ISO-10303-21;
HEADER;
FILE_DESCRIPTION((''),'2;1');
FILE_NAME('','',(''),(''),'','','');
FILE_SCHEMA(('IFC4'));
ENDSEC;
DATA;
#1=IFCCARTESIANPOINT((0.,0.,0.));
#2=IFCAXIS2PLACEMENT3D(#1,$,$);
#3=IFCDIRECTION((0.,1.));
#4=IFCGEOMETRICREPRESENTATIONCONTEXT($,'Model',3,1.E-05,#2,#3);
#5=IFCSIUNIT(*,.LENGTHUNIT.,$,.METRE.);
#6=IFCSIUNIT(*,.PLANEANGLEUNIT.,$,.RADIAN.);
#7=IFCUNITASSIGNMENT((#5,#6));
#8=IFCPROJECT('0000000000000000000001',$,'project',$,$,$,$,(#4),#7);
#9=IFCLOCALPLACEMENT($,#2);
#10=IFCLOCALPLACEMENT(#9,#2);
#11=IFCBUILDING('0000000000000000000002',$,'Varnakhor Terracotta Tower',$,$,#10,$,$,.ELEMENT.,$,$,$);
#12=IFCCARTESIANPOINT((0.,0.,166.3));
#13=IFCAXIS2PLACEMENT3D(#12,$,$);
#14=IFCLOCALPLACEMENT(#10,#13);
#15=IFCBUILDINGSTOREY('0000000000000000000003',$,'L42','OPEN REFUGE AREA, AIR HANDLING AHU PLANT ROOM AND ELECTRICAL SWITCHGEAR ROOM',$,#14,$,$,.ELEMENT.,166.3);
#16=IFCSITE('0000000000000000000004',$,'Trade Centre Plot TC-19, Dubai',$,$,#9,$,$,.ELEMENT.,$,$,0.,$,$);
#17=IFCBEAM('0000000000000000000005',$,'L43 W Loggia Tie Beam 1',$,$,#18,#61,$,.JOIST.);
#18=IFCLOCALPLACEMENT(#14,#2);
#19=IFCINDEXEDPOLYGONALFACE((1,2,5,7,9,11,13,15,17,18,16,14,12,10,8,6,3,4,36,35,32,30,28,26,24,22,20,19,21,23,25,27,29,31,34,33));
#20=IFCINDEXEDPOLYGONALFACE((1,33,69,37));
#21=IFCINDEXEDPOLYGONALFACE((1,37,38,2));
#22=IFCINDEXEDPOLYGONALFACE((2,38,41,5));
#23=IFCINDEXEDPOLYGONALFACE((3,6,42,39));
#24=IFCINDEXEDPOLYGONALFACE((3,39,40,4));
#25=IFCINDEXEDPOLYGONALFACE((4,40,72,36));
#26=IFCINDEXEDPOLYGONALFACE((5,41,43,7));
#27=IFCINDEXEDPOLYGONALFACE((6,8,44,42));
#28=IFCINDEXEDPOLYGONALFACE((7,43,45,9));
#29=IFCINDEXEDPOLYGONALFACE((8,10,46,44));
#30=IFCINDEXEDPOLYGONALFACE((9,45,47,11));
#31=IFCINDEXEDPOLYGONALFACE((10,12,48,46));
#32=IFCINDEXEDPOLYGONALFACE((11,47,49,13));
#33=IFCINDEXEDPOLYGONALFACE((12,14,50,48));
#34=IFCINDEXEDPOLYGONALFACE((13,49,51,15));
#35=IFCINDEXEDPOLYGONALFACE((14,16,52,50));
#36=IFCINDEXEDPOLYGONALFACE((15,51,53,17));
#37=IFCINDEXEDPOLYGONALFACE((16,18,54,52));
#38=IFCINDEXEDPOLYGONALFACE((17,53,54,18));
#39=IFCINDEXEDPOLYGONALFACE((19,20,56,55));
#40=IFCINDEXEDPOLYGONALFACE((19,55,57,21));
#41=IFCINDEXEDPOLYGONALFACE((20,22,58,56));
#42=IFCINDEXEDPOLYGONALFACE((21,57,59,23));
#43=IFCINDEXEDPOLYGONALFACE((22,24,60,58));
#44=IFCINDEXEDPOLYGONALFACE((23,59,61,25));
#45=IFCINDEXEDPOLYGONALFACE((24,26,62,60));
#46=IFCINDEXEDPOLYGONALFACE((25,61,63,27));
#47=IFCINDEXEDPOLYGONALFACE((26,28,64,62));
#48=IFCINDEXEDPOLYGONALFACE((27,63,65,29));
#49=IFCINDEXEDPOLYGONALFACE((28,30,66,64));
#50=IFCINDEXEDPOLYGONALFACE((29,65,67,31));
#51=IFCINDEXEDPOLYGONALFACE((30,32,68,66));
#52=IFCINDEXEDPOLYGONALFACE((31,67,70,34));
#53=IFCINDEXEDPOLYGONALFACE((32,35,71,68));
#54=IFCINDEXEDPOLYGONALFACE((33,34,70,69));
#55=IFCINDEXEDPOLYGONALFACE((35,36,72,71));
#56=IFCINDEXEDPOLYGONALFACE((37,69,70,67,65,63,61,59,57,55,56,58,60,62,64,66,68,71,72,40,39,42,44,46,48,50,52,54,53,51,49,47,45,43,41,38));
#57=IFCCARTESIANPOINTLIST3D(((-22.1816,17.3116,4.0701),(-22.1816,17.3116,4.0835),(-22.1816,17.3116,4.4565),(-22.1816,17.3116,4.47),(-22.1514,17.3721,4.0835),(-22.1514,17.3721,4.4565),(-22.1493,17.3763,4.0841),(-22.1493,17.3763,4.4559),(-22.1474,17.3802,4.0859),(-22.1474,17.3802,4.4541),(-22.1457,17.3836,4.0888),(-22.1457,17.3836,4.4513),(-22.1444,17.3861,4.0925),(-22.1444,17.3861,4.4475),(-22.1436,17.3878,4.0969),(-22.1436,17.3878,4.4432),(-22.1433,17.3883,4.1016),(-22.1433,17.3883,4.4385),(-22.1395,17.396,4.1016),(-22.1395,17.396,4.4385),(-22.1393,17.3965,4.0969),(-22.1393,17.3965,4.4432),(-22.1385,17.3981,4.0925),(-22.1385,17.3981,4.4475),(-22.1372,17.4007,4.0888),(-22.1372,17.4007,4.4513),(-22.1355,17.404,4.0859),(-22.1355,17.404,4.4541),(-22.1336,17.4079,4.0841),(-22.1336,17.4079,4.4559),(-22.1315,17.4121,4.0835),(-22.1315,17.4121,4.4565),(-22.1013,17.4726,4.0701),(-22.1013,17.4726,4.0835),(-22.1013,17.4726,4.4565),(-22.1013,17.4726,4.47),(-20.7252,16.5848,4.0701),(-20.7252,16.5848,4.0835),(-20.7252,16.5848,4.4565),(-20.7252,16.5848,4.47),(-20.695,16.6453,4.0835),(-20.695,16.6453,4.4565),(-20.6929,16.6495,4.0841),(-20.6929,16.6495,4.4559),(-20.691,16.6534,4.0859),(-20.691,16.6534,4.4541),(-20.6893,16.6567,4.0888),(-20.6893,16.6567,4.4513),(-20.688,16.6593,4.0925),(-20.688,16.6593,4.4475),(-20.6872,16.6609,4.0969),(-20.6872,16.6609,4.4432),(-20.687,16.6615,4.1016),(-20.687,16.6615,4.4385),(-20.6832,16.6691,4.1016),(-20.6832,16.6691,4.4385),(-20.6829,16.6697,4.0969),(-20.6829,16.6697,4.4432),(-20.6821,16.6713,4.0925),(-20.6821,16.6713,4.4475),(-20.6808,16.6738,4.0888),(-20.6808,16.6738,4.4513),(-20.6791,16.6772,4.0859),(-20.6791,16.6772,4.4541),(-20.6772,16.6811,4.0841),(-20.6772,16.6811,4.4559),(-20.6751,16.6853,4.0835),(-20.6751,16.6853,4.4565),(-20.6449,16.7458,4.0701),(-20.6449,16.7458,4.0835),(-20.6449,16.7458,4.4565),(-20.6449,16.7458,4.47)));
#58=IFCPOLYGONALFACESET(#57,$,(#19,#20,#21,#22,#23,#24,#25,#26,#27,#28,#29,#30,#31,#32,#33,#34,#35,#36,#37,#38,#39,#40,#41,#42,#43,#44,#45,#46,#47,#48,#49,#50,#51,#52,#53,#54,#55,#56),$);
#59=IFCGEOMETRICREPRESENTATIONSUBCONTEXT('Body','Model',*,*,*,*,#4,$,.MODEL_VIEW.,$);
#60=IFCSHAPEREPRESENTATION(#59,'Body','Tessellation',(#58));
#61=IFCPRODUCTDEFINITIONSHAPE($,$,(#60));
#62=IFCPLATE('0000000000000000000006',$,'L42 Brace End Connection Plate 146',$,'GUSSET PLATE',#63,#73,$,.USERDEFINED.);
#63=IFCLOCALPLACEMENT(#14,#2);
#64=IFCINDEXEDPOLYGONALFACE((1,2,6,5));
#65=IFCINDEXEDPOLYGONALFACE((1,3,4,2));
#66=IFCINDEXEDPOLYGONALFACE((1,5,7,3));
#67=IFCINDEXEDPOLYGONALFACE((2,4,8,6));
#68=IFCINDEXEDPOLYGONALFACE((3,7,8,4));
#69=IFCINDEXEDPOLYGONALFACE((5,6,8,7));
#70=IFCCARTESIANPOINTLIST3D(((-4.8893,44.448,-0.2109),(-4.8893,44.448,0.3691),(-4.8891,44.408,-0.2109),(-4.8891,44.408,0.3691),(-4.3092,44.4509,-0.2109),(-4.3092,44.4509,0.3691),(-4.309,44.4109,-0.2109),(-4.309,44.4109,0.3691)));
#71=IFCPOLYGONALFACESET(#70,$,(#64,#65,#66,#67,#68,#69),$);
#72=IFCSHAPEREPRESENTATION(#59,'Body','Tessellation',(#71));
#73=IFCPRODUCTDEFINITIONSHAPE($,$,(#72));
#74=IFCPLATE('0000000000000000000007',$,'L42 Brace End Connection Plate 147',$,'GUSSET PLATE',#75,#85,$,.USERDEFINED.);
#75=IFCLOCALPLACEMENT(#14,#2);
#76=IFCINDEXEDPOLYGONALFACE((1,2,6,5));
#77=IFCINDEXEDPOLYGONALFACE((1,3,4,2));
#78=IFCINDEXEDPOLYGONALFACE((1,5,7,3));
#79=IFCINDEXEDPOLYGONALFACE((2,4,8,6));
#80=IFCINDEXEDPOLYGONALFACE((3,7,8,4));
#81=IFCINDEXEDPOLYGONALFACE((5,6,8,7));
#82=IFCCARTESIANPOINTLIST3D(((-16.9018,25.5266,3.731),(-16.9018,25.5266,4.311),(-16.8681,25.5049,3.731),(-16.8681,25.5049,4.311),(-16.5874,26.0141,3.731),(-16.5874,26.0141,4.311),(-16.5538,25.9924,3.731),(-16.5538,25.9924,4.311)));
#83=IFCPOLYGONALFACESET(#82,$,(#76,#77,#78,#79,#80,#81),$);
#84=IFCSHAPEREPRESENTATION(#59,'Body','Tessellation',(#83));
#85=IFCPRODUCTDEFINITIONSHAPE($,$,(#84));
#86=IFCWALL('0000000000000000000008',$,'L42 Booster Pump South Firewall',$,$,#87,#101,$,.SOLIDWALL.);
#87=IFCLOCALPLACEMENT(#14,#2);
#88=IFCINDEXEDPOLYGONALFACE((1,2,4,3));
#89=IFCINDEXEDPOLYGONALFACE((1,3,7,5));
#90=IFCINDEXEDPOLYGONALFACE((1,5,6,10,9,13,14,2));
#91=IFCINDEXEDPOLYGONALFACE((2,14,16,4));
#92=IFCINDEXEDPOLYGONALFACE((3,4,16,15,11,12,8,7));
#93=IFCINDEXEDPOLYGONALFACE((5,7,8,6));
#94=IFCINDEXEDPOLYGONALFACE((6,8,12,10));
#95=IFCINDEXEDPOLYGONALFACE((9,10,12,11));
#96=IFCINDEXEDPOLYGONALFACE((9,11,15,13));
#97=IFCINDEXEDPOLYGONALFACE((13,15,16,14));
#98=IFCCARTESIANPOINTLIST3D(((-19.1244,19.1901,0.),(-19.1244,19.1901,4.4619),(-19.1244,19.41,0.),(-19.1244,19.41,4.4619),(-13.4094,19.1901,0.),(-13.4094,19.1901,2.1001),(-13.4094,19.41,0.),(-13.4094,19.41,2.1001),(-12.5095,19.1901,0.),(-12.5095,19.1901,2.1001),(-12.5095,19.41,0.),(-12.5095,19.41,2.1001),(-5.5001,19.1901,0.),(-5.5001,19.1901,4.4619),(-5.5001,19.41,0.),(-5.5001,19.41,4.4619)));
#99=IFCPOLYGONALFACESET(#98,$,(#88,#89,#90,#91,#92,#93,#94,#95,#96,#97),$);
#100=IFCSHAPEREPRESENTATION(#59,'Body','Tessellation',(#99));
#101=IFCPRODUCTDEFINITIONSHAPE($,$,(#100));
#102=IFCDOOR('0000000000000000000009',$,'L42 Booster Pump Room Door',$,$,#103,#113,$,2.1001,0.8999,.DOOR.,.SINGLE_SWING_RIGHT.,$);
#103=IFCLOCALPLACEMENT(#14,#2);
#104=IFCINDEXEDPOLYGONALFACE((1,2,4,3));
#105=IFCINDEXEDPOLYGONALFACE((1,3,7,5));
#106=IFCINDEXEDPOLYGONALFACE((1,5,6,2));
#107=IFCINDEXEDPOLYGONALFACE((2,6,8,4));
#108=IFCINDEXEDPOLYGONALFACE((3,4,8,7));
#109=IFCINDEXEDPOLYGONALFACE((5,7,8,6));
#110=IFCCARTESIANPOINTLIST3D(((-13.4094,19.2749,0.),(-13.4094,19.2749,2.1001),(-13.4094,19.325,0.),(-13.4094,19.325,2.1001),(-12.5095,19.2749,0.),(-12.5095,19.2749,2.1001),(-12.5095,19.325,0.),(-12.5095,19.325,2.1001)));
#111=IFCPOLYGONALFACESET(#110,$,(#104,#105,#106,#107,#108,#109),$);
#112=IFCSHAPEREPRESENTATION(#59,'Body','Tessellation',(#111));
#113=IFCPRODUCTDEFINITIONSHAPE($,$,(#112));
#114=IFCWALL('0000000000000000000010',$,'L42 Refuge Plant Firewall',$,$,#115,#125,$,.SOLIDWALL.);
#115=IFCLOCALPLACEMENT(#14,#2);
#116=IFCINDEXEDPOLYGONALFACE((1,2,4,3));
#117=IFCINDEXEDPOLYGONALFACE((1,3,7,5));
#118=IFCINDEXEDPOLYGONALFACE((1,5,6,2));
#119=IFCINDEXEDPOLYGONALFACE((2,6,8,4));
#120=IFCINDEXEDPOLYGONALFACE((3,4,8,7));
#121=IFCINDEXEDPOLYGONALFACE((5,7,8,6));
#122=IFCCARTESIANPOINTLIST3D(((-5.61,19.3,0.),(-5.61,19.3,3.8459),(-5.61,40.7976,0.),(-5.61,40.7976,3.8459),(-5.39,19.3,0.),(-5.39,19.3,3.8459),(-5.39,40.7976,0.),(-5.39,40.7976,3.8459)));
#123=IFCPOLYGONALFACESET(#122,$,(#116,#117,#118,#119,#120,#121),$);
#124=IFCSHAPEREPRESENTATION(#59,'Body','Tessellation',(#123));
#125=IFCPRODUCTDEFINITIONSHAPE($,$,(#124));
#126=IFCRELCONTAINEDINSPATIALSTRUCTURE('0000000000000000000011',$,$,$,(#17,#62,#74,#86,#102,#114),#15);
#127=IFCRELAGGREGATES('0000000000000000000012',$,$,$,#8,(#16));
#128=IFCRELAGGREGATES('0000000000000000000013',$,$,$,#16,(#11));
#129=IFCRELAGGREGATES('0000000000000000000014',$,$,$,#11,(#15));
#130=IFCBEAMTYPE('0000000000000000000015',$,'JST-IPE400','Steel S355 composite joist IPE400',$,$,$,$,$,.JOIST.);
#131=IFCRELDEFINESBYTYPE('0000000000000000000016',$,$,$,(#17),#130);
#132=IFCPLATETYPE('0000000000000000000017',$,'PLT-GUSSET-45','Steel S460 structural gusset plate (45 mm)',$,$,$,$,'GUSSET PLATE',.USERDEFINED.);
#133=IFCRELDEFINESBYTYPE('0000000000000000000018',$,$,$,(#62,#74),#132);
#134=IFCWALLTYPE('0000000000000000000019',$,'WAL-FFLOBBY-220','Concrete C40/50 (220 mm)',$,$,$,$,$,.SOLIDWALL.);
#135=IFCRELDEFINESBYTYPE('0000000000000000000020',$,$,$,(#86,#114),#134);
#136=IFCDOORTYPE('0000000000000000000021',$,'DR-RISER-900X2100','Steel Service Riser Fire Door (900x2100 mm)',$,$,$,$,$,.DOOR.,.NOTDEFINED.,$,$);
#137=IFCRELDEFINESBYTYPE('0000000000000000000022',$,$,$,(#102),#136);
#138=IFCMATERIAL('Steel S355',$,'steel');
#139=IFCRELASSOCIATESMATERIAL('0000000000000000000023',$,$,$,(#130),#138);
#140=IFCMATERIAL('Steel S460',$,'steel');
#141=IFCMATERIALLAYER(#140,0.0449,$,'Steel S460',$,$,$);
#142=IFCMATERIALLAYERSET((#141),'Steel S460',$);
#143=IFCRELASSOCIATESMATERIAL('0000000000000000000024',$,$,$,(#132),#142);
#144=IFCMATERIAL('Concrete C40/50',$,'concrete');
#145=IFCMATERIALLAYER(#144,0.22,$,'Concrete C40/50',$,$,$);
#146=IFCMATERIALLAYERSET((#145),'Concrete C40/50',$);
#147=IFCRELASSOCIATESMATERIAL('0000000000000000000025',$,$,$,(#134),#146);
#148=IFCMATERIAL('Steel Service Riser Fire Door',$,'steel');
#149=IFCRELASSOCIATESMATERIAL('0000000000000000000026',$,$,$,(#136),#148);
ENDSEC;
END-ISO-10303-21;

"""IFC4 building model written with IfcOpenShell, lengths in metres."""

from ifc_helpers import new_model, si_unit, direction, frame, frame_2d, origin, origin_2d, place, context, subcontext, project, spatial, rectangle, i_section, extrude, source, transform, mapped, material, layer, layer_set, material_profile, profile_set, type_object, type_shapes, element, fill, save


model = new_model("IFC4")

# Units and contexts
model_context = context("Model", 3, precision=1e-05, world=origin(), true_north=direction((0.0, 1.0)))
body_context = subcontext(model_context, "Body", "Model", "MODEL_VIEW")
ifc_project = project(units=[si_unit("LENGTHUNIT", "METRE"), si_unit("PLANEANGLEUNIT", "RADIAN")], contexts=[model_context])

# Site, building, storey
site_placement = place(None, origin())
site = spatial("IfcSite", under=ifc_project, at=site_placement, Name="Trade Centre Plot TC-19, Dubai", CompositionType="ELEMENT", RefElevation=0.0)
building_placement = place(site_placement, origin())
building = spatial("IfcBuilding", under=site, at=building_placement, Name="Varnakhor Terracotta Tower", CompositionType="ELEMENT")
storey_placement = place(building_placement, frame((0.0, 0.0, 166.3)))
storey = spatial("IfcBuildingStorey", under=building, at=storey_placement, Name="L42", Description="OPEN REFUGE AREA, AIR HANDLING AHU PLANT ROOM AND ELECTRICAL SWITCHGEAR ROOM", CompositionType="ELEMENT", Elevation=166.3)

# Shared definitions
ifc_material_1 = material(Name="Steel S460", Category="steel")

# Shared definitions
ifc_material_2 = material(Name="Steel S355", Category="steel")
ifc_material_profile_1 = material_profile(ifc_material_2, i_section(OverallWidth=0.1799, OverallDepth=0.3999, WebThickness=0.0085, FlangeThickness=0.0134, FilletRadius=0.0181, at=origin_2d()), Name="IPE400")
ifc_profile_set_1 = profile_set([ifc_material_profile_1], Name="Steel S355")
beam_type_1 = type_object("IfcBeamType", Name="JST-IPE400", Description="Steel S355 composite joist IPE400", PredefinedType="JOIST", material=ifc_profile_set_1)

# Beam
shared_shape_1 = source(origin(), body_context, "Body", "SweptSolid", [
    extrude(i_section(OverallWidth=0.1799, OverallDepth=0.3999, WebThickness=0.0085, FlangeThickness=0.0134, FilletRadius=0.0181, at=origin_2d()), origin(), (0.0, 0.0, 1.0), 1.6277),
])
beam_1_placement = place(storey_placement, frame((-20.6851, 16.6653, 4.27), z_axis=(-0.894757, 0.446553, 0.0), x_axis=(-0.446553, -0.894757, 0.0)))
element("IfcBeam", 1, at=beam_1_placement, inside=storey, type_object=beam_type_1, Name="L43 W Loggia Tie Beam 1", PredefinedType="JOIST", context=body_context, shape_type="MappedRepresentation", body=[
    mapped(shared_shape_1, transform((0.0, 0.0, 0.0), scale=1.0)),
])

# Plates
ifc_layer_1 = layer(ifc_material_1, 0.0449, Name="Steel S460")
ifc_layer_set_1 = layer_set([ifc_layer_1], Name="Steel S460")
plate_type = type_object("IfcPlateType", Name="PLT-GUSSET-45", Description="Steel S460 structural gusset plate (45 mm)", ElementType="GUSSET PLATE", PredefinedType="USERDEFINED", material=ifc_layer_set_1)
shared_shape_2 = source(origin(), body_context, "Body", "SweptSolid", [
    extrude(rectangle(XDim=0.5801, YDim=0.04, at=origin_2d()), origin(), (0.0, 0.0, 1.0), 0.5801),
])
for number, where, z_axis, x_axis, name in (
    (2, (-4.5991, 44.4294, -0.2109), (0.0, 0.0, 1.0), (0.999987, 0.005027, 0.0), "L42 Brace End Connection Plate 146"),
    (3, (-16.7278, 25.7595, 3.731), (0.0, 0.0, 1.0), (-0.541928, -0.840425, 0.0), "L42 Brace End Connection Plate 147"),
):
    element("IfcPlate", number, at=place(storey_placement, frame(where, z_axis=z_axis, x_axis=x_axis)), inside=storey, type_object=plate_type, Name=name, ObjectType="GUSSET PLATE", PredefinedType="USERDEFINED", context=body_context, shape_type="MappedRepresentation", body=[
        mapped(shared_shape_2, transform((0.0, 0.0, 0.0), scale=1.0)),
    ])

# Wall, opening, door
ifc_material_3 = material(Name="Concrete C40/50", Category="concrete")
ifc_layer_2 = layer(ifc_material_3, 0.22, Name="Concrete C40/50")
ifc_layer_set_2 = layer_set([ifc_layer_2], Name="Concrete C40/50")
wall_type = type_object("IfcWallType", Name="WAL-FFLOBBY-220", Description="Concrete C40/50 (220 mm)", PredefinedType="SOLIDWALL", material=ifc_layer_set_2)
wall_1_placement = place(storey_placement, frame((-19.1243, 19.3, 0.0), z_axis=(0.0, 0.0, 1.0), x_axis=(1.0, 0.0, 0.0)))
wall_1 = element("IfcWall", 4, at=wall_1_placement, inside=storey, type_object=wall_type, Name="L42 Booster Pump South Firewall", PredefinedType="SOLIDWALL", context=body_context, shape_type="SweptSolid", body=[
    extrude(rectangle(XDim=13.6243, YDim=0.22, at=frame_2d((6.812, 0.0))), origin(), (0.0, 0.0, 1.0), 4.4619),
])
opening_placement = place(wall_1_placement, frame((5.7148, 0.0, 0.0)))
opening = element("IfcOpeningElement", 5, at=opening_placement, cuts=wall_1, PredefinedType="OPENING", context=body_context, shape_type="SweptSolid", body=[
    extrude(rectangle(XDim=0.8999, YDim=2.1001, at=frame_2d((0.45, 1.05))), frame((0.0, 0.1201, 0.0), z_axis=(0.0, -1.0, 0.0), x_axis=(1.0, 0.0, 0.0)), (0.0, 0.0, 1.0), 0.24),
])
ifc_material_4 = material(Name="Steel Service Riser Fire Door", Category="steel")
door_type = type_object("IfcDoorType", Name="DR-RISER-900X2100", Description="Steel Service Riser Fire Door (900x2100 mm)", OperationType="NOTDEFINED", PredefinedType="DOOR", material=ifc_material_4)
shared_shape_3 = source(origin(), body_context, "Body", "SweptSolid", [
    extrude(rectangle(XDim=0.8999, YDim=2.1001, at=frame_2d((0.45, 1.05))), frame((0.0, 0.0249, 0.0), z_axis=(0.0, -1.0, 0.0), x_axis=(1.0, 0.0, 0.0)), (0.0, 0.0, 1.0), 0.05),
])
type_shapes(door_type, [shared_shape_3])
door_placement = place(opening_placement, origin())
door = element("IfcDoor", 6, at=door_placement, inside=storey, type_object=door_type, Name="L42 Booster Pump Room Door", OperationType="SINGLE_SWING_RIGHT", OverallHeight=2.1001, OverallWidth=0.8999, PredefinedType="DOOR", context=body_context, shape_type="MappedRepresentation", body=[
    mapped(shared_shape_3, transform((0.0, 0.0, 0.0), scale=1.0)),
])
fill(opening, door)

# Wall
wall_2_placement = place(storey_placement, frame((-5.5, 19.3, 0.0), z_axis=(0.0, 0.0, 1.0), x_axis=(0.0, 1.0, 0.0)))
element("IfcWall", 7, at=wall_2_placement, inside=storey, type_object=wall_type, Name="L42 Refuge Plant Firewall", PredefinedType="SOLIDWALL", context=body_context, shape_type="SweptSolid", body=[
    extrude(rectangle(XDim=21.4976, YDim=0.22, at=frame_2d((10.7488, 0.0))), origin(), (0.0, 0.0, 1.0), 3.8459),
])

save(model, "model.ifc")
